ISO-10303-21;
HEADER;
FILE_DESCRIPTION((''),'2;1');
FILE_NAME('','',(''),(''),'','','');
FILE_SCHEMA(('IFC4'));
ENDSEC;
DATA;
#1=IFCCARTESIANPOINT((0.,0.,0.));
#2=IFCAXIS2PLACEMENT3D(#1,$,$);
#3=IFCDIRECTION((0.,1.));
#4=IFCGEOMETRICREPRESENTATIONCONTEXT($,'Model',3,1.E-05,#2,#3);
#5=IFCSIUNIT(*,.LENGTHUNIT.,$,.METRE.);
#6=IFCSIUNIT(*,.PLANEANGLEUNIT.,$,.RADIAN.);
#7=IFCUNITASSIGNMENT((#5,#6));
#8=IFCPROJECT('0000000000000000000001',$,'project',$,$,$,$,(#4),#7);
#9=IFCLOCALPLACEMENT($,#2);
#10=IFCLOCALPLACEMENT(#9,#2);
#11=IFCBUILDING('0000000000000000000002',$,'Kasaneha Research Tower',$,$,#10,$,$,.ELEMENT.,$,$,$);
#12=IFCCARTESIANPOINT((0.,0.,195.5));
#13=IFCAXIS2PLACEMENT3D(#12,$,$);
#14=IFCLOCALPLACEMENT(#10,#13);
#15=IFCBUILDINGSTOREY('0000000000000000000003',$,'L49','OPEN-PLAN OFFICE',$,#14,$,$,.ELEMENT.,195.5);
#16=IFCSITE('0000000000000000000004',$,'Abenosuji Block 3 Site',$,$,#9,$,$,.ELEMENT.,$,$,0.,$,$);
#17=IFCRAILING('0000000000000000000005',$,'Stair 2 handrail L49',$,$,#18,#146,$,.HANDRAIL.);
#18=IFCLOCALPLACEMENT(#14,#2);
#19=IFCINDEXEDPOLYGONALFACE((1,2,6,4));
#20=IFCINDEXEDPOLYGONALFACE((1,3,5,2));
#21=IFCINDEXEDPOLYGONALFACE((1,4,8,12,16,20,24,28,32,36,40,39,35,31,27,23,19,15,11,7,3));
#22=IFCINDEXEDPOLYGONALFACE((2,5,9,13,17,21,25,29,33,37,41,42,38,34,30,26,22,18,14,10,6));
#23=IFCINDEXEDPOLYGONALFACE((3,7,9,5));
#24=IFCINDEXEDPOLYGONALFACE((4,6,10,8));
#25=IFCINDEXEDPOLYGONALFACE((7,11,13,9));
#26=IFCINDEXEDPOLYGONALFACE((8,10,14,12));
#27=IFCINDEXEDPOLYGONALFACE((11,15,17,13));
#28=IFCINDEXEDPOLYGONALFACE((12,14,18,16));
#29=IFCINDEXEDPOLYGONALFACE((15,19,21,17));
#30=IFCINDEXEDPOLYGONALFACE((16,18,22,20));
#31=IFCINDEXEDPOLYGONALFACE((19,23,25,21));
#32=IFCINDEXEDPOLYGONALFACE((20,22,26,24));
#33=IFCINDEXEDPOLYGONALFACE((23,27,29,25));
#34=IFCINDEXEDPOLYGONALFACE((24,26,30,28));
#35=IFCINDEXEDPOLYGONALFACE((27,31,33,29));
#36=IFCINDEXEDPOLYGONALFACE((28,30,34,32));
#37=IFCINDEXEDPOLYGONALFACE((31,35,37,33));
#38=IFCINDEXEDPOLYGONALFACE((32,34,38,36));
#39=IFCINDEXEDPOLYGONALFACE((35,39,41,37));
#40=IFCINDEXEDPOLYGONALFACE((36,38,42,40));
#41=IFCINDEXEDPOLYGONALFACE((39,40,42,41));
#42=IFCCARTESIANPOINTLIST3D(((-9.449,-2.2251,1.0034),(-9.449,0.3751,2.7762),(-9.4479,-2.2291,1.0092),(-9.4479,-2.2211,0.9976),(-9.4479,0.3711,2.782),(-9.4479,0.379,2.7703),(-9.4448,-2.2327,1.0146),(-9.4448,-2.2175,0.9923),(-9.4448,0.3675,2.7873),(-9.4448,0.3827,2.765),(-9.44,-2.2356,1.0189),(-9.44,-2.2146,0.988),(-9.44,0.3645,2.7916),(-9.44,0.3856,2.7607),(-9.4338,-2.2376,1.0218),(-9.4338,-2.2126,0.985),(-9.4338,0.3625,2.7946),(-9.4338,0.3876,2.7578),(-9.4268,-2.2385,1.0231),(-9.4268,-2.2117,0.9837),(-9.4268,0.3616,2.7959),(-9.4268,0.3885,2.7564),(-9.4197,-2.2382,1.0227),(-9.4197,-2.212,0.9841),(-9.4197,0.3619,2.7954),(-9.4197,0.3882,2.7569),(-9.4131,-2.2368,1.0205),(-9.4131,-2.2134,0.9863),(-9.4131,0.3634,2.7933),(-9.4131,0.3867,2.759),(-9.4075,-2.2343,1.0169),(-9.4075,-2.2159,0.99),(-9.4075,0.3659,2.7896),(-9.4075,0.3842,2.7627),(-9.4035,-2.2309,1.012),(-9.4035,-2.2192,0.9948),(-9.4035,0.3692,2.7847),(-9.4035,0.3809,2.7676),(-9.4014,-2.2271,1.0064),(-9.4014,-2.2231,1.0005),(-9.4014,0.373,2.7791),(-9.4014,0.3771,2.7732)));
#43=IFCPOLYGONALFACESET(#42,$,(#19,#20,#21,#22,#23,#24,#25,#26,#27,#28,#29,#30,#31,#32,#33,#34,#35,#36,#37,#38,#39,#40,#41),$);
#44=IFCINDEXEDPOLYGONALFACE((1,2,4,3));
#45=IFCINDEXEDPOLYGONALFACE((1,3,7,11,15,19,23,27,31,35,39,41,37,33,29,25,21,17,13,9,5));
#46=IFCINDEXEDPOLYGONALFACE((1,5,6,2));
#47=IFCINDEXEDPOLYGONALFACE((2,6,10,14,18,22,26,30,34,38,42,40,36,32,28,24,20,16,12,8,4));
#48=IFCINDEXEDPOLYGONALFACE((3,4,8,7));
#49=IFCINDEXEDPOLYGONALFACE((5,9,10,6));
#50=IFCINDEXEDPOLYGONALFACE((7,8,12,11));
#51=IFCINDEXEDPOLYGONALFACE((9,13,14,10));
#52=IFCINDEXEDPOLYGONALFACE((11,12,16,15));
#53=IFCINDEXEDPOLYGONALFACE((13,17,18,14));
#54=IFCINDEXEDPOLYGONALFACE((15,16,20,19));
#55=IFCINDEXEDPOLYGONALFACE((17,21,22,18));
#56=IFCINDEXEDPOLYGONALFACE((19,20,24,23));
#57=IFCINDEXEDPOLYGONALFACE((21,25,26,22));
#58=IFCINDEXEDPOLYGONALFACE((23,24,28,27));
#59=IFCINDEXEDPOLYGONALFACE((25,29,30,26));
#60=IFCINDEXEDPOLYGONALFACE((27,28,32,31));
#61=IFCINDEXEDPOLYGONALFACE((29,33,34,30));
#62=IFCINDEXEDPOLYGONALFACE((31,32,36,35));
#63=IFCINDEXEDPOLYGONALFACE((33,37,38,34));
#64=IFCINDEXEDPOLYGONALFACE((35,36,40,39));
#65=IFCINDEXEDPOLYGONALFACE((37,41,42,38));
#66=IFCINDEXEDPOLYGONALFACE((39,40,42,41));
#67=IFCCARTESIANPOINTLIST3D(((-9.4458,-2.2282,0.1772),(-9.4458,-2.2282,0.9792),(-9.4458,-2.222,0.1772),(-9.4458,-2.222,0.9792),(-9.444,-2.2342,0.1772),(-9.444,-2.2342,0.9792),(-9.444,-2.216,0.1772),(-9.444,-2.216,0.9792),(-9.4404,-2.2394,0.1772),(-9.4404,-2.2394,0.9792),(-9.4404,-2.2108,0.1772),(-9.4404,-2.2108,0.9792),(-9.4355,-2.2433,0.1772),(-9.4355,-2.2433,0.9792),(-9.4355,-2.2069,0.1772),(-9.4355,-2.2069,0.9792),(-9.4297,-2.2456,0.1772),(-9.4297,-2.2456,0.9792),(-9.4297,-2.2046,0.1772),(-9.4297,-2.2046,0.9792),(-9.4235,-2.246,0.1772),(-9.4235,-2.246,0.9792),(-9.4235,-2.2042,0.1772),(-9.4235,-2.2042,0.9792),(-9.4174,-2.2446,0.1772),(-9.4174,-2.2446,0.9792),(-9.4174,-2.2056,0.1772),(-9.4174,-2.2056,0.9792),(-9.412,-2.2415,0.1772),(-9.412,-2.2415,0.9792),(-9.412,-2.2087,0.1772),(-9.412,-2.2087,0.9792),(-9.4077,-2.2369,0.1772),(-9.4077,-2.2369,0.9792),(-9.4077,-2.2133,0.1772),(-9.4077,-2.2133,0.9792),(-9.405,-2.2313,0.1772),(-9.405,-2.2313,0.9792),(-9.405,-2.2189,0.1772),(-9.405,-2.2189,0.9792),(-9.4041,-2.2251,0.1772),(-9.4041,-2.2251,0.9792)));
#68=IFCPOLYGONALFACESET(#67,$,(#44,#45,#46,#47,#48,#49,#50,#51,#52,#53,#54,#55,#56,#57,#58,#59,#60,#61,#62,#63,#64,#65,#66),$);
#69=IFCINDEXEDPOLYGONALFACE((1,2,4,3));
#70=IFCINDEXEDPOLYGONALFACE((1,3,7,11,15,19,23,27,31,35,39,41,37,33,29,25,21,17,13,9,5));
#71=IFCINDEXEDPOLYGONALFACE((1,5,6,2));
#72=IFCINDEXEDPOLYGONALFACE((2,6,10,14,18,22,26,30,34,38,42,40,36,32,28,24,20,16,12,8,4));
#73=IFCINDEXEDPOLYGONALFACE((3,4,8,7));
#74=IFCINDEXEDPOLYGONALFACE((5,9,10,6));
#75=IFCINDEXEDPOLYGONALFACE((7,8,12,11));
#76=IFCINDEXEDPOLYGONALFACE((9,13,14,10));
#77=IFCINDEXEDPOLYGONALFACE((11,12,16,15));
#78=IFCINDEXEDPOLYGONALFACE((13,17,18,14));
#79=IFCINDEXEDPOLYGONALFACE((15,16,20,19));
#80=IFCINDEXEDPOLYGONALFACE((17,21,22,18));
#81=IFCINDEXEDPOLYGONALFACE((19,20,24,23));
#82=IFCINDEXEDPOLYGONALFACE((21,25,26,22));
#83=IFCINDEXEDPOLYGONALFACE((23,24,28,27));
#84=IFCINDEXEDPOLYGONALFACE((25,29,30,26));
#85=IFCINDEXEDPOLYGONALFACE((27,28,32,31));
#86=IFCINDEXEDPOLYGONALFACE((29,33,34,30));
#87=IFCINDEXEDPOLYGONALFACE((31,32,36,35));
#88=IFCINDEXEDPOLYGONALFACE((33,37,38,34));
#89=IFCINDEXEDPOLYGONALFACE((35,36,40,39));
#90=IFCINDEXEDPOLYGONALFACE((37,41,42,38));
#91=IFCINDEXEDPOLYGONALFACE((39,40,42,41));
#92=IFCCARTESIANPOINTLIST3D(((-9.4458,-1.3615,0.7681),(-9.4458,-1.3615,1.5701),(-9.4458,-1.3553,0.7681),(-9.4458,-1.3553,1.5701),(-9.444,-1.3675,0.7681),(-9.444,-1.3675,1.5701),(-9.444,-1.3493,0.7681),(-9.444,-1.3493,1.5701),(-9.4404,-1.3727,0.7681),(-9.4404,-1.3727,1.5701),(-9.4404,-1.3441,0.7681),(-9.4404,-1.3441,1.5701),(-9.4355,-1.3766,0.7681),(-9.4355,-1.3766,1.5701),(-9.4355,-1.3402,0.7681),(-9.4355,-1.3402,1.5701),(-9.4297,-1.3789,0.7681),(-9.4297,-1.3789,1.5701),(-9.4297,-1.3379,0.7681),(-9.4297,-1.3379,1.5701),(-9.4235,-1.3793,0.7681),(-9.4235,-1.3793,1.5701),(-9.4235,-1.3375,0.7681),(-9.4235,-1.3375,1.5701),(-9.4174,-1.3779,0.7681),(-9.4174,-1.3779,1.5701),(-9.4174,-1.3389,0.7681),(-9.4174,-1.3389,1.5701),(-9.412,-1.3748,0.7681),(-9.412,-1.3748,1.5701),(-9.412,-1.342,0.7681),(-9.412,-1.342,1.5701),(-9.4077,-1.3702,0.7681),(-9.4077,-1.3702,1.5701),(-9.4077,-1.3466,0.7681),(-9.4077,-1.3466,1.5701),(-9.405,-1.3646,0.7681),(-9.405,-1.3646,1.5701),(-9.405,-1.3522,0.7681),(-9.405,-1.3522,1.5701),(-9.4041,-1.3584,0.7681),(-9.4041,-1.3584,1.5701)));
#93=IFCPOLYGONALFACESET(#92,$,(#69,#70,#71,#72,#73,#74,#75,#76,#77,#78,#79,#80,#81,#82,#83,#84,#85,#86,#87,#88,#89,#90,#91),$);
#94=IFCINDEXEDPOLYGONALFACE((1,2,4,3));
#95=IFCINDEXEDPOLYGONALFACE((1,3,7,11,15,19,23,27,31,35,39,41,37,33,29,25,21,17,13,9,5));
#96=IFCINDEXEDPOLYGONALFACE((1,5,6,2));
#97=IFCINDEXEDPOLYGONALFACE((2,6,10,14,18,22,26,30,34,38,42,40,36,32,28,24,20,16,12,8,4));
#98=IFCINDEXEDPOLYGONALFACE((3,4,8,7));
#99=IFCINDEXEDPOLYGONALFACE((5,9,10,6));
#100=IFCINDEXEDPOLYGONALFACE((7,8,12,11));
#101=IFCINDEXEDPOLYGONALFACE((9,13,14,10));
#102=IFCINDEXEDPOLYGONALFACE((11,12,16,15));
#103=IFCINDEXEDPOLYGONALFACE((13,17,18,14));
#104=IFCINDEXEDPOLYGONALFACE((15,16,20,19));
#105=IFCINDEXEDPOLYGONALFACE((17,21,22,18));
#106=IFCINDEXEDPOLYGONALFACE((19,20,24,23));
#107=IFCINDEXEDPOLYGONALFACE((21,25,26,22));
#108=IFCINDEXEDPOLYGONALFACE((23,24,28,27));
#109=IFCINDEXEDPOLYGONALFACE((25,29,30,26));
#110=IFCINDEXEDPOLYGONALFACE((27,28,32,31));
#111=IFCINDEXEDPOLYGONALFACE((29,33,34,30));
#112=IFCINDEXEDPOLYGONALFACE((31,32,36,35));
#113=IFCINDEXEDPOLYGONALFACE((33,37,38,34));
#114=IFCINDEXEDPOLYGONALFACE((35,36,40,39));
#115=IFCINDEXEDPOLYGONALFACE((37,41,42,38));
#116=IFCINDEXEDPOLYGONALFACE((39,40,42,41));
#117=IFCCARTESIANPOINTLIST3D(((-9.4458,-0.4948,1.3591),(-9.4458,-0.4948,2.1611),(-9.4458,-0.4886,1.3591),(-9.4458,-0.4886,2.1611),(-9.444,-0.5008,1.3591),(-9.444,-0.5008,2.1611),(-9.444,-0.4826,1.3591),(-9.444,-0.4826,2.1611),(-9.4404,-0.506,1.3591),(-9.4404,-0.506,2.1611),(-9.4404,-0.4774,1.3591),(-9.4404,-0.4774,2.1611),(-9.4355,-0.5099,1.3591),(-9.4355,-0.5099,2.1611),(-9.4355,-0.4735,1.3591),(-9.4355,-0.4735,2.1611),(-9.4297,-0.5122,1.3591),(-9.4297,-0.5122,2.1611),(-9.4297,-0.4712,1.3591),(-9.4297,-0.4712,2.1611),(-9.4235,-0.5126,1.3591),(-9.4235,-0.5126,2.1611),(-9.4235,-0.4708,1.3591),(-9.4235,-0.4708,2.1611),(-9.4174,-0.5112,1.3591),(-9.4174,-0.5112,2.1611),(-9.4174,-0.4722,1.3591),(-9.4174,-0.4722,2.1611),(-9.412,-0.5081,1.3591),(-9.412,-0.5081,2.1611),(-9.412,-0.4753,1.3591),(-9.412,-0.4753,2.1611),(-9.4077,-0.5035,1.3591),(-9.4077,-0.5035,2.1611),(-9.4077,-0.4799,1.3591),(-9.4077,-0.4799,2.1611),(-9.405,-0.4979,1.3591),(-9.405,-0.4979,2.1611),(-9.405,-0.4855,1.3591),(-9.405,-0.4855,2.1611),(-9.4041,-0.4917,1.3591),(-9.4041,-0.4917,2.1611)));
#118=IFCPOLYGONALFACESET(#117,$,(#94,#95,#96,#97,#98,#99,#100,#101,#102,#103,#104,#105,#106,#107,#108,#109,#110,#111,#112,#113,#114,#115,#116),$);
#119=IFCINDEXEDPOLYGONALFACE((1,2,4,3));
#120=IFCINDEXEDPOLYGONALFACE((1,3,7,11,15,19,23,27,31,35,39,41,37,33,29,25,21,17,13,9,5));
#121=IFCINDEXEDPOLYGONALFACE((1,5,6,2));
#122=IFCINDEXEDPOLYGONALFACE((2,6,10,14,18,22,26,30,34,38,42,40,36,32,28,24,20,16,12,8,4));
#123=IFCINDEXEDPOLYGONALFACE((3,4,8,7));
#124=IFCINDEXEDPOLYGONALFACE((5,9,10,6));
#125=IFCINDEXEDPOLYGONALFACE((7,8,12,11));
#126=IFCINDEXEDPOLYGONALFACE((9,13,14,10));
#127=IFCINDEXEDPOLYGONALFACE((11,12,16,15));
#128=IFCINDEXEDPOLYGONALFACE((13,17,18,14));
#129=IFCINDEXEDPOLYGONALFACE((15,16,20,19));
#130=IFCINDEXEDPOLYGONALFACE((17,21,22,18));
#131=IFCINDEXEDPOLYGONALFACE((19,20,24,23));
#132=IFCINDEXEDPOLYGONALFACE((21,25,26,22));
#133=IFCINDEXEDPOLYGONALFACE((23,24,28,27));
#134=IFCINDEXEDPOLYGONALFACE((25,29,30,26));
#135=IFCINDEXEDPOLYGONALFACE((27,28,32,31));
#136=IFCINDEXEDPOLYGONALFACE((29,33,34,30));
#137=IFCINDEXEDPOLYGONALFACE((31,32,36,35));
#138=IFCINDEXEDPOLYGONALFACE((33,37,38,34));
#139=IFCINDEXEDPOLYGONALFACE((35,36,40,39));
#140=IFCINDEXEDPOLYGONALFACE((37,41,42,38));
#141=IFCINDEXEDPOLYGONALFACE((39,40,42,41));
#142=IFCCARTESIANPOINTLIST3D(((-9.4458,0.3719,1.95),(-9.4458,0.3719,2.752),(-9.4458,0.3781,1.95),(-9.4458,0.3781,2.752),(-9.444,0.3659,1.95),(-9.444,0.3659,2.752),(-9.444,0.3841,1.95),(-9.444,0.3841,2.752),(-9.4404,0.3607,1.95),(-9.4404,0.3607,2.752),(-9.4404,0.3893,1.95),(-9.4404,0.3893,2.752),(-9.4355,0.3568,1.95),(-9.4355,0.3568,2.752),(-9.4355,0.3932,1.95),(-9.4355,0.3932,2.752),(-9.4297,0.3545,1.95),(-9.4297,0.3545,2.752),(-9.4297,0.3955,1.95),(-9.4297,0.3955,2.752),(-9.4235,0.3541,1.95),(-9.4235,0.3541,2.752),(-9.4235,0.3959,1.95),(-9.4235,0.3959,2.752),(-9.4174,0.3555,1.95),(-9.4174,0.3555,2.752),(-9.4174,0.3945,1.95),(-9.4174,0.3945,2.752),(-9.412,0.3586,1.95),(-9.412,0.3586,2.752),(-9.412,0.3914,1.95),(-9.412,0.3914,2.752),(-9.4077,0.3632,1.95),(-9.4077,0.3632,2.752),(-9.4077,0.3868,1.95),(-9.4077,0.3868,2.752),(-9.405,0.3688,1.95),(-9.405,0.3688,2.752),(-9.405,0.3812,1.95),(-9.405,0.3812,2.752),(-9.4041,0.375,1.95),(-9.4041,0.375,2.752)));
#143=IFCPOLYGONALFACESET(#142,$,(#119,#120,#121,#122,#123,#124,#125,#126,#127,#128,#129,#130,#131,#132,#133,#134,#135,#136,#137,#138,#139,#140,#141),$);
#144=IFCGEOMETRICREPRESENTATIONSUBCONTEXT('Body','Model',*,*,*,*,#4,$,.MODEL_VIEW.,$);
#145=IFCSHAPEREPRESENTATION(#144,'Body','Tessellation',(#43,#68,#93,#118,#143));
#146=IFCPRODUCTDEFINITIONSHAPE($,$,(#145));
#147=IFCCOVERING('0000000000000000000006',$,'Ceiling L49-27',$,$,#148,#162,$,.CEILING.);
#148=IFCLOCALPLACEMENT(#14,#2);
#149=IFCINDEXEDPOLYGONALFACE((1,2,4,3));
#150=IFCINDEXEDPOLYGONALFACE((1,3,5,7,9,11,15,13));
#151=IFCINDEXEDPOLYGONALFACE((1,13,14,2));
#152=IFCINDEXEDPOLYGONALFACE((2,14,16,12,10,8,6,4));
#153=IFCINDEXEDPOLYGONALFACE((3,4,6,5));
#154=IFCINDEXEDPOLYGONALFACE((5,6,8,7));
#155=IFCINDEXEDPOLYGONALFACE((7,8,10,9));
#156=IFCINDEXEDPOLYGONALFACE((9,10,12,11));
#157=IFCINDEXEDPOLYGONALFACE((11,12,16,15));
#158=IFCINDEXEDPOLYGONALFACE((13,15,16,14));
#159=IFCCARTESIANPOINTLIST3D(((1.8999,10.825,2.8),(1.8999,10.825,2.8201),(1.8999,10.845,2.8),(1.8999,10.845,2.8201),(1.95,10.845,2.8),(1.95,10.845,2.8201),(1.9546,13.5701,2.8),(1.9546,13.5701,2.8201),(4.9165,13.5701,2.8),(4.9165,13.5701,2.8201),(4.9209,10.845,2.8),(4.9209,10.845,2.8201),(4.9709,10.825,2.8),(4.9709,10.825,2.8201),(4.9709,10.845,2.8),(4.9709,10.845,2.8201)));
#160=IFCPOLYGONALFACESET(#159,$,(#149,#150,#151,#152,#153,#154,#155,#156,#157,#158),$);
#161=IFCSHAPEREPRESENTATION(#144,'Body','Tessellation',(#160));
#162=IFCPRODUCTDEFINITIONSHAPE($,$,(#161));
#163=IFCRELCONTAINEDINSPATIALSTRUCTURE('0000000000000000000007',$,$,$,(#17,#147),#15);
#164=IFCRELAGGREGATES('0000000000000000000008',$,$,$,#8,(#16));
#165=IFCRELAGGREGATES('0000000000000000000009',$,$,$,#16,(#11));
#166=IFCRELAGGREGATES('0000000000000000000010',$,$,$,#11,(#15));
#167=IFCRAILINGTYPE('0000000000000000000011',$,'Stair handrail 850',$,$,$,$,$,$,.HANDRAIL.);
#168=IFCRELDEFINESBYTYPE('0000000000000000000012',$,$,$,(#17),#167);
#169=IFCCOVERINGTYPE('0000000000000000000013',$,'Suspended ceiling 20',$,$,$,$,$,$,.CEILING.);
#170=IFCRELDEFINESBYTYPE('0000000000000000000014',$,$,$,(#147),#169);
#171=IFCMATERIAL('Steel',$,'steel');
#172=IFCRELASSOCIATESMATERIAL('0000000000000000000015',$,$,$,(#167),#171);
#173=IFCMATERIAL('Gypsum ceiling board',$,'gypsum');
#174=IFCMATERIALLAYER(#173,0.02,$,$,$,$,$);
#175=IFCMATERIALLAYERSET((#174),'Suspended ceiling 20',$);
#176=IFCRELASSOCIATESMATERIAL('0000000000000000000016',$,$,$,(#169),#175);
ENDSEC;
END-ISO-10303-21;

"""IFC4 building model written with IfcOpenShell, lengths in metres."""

from ifc_helpers import new_model, si_unit, direction, frame, origin, origin_2d, place, context, subcontext, project, spatial, polyline, circle, outline, extrude, material, layer, layer_set, type_object, element, save


model = new_model("IFC4")

# Units and contexts
model_context = context("Model", 3, precision=1e-05, world=origin(), true_north=direction((0.0, 1.0)))
body_context = subcontext(model_context, "Body", "Model", "MODEL_VIEW")
ifc_project = project(units=[si_unit("LENGTHUNIT", "METRE"), si_unit("PLANEANGLEUNIT", "RADIAN")], contexts=[model_context])

# Site, building, storey
site_placement = place(None, origin())
site = spatial("IfcSite", under=ifc_project, at=site_placement, Name="Abenosuji Block 3 Site", CompositionType="ELEMENT", RefElevation=0.0)
building_placement = place(site_placement, origin())
building = spatial("IfcBuilding", under=site, at=building_placement, Name="Kasaneha Research Tower", CompositionType="ELEMENT")
storey_placement = place(building_placement, frame((0.0, 0.0, 195.5)))
storey = spatial("IfcBuildingStorey", under=building, at=storey_placement, Name="L49", Description="OPEN-PLAN OFFICE", CompositionType="ELEMENT", Elevation=195.5)

# Railing
ifc_material_1 = material(Name="Steel", Category="steel")
railing_type = type_object("IfcRailingType", Name="Stair handrail 850", PredefinedType="HANDRAIL", material=ifc_material_1)
railing_placement = place(storey_placement, frame((-9.425, -2.2251, 0.1772)))
element("IfcRailing", 1, at=railing_placement, inside=storey, type_object=railing_type, Name="Stair 2 handrail L49", PredefinedType="HANDRAIL", context=body_context, shape_type="SweptSolid", body=[
    extrude(circle(Radius=0.0239, at=origin_2d()), frame((0.0, 0.0, 0.8262), z_axis=(0.0, 0.82624, 0.563318), x_axis=(-1.0, 0.0, 0.0)), (0.0, 0.0, 1.0), 3.147),
    extrude(circle(Radius=0.021, at=origin_2d()), origin(), (0.0, 0.0, 1.0), 0.802),
    extrude(circle(Radius=0.021, at=origin_2d()), frame((0.0, 0.8667, 0.5908)), (0.0, 0.0, 1.0), 0.802),
    extrude(circle(Radius=0.021, at=origin_2d()), frame((0.0, 1.7334, 1.1819)), (0.0, 0.0, 1.0), 0.802),
    extrude(circle(Radius=0.021, at=origin_2d()), frame((0.0, 2.6001, 1.7727)), (0.0, 0.0, 1.0), 0.802),
])

# Covering
ifc_material_2 = material(Name="Gypsum ceiling board", Category="gypsum")
ifc_layer_1 = layer(ifc_material_2, 0.02)
ifc_layer_set_1 = layer_set([ifc_layer_1], Name="Suspended ceiling 20")
covering_type_1 = type_object("IfcCoveringType", Name="Suspended ceiling 20", PredefinedType="CEILING", material=ifc_layer_set_1)
covering_1_placement = place(storey_placement, frame((0.0, 0.0, 2.8)))
element("IfcCovering", 2, at=covering_1_placement, inside=storey, type_object=covering_type_1, Name="Ceiling L49-27", PredefinedType="CEILING", context=body_context, shape_type="SweptSolid", body=[
    extrude(outline(polyline([(1.8999, 10.825), (1.8999, 10.845), (1.95, 10.845), (1.9546, 13.5701), (4.9165, 13.5701), (4.9209, 10.845), (4.9709, 10.845), (4.9709, 10.825), (1.8999, 10.825)])), origin(), (0.0, 0.0, 1.0), 0.02),
])

save(model, "model.ifc")
